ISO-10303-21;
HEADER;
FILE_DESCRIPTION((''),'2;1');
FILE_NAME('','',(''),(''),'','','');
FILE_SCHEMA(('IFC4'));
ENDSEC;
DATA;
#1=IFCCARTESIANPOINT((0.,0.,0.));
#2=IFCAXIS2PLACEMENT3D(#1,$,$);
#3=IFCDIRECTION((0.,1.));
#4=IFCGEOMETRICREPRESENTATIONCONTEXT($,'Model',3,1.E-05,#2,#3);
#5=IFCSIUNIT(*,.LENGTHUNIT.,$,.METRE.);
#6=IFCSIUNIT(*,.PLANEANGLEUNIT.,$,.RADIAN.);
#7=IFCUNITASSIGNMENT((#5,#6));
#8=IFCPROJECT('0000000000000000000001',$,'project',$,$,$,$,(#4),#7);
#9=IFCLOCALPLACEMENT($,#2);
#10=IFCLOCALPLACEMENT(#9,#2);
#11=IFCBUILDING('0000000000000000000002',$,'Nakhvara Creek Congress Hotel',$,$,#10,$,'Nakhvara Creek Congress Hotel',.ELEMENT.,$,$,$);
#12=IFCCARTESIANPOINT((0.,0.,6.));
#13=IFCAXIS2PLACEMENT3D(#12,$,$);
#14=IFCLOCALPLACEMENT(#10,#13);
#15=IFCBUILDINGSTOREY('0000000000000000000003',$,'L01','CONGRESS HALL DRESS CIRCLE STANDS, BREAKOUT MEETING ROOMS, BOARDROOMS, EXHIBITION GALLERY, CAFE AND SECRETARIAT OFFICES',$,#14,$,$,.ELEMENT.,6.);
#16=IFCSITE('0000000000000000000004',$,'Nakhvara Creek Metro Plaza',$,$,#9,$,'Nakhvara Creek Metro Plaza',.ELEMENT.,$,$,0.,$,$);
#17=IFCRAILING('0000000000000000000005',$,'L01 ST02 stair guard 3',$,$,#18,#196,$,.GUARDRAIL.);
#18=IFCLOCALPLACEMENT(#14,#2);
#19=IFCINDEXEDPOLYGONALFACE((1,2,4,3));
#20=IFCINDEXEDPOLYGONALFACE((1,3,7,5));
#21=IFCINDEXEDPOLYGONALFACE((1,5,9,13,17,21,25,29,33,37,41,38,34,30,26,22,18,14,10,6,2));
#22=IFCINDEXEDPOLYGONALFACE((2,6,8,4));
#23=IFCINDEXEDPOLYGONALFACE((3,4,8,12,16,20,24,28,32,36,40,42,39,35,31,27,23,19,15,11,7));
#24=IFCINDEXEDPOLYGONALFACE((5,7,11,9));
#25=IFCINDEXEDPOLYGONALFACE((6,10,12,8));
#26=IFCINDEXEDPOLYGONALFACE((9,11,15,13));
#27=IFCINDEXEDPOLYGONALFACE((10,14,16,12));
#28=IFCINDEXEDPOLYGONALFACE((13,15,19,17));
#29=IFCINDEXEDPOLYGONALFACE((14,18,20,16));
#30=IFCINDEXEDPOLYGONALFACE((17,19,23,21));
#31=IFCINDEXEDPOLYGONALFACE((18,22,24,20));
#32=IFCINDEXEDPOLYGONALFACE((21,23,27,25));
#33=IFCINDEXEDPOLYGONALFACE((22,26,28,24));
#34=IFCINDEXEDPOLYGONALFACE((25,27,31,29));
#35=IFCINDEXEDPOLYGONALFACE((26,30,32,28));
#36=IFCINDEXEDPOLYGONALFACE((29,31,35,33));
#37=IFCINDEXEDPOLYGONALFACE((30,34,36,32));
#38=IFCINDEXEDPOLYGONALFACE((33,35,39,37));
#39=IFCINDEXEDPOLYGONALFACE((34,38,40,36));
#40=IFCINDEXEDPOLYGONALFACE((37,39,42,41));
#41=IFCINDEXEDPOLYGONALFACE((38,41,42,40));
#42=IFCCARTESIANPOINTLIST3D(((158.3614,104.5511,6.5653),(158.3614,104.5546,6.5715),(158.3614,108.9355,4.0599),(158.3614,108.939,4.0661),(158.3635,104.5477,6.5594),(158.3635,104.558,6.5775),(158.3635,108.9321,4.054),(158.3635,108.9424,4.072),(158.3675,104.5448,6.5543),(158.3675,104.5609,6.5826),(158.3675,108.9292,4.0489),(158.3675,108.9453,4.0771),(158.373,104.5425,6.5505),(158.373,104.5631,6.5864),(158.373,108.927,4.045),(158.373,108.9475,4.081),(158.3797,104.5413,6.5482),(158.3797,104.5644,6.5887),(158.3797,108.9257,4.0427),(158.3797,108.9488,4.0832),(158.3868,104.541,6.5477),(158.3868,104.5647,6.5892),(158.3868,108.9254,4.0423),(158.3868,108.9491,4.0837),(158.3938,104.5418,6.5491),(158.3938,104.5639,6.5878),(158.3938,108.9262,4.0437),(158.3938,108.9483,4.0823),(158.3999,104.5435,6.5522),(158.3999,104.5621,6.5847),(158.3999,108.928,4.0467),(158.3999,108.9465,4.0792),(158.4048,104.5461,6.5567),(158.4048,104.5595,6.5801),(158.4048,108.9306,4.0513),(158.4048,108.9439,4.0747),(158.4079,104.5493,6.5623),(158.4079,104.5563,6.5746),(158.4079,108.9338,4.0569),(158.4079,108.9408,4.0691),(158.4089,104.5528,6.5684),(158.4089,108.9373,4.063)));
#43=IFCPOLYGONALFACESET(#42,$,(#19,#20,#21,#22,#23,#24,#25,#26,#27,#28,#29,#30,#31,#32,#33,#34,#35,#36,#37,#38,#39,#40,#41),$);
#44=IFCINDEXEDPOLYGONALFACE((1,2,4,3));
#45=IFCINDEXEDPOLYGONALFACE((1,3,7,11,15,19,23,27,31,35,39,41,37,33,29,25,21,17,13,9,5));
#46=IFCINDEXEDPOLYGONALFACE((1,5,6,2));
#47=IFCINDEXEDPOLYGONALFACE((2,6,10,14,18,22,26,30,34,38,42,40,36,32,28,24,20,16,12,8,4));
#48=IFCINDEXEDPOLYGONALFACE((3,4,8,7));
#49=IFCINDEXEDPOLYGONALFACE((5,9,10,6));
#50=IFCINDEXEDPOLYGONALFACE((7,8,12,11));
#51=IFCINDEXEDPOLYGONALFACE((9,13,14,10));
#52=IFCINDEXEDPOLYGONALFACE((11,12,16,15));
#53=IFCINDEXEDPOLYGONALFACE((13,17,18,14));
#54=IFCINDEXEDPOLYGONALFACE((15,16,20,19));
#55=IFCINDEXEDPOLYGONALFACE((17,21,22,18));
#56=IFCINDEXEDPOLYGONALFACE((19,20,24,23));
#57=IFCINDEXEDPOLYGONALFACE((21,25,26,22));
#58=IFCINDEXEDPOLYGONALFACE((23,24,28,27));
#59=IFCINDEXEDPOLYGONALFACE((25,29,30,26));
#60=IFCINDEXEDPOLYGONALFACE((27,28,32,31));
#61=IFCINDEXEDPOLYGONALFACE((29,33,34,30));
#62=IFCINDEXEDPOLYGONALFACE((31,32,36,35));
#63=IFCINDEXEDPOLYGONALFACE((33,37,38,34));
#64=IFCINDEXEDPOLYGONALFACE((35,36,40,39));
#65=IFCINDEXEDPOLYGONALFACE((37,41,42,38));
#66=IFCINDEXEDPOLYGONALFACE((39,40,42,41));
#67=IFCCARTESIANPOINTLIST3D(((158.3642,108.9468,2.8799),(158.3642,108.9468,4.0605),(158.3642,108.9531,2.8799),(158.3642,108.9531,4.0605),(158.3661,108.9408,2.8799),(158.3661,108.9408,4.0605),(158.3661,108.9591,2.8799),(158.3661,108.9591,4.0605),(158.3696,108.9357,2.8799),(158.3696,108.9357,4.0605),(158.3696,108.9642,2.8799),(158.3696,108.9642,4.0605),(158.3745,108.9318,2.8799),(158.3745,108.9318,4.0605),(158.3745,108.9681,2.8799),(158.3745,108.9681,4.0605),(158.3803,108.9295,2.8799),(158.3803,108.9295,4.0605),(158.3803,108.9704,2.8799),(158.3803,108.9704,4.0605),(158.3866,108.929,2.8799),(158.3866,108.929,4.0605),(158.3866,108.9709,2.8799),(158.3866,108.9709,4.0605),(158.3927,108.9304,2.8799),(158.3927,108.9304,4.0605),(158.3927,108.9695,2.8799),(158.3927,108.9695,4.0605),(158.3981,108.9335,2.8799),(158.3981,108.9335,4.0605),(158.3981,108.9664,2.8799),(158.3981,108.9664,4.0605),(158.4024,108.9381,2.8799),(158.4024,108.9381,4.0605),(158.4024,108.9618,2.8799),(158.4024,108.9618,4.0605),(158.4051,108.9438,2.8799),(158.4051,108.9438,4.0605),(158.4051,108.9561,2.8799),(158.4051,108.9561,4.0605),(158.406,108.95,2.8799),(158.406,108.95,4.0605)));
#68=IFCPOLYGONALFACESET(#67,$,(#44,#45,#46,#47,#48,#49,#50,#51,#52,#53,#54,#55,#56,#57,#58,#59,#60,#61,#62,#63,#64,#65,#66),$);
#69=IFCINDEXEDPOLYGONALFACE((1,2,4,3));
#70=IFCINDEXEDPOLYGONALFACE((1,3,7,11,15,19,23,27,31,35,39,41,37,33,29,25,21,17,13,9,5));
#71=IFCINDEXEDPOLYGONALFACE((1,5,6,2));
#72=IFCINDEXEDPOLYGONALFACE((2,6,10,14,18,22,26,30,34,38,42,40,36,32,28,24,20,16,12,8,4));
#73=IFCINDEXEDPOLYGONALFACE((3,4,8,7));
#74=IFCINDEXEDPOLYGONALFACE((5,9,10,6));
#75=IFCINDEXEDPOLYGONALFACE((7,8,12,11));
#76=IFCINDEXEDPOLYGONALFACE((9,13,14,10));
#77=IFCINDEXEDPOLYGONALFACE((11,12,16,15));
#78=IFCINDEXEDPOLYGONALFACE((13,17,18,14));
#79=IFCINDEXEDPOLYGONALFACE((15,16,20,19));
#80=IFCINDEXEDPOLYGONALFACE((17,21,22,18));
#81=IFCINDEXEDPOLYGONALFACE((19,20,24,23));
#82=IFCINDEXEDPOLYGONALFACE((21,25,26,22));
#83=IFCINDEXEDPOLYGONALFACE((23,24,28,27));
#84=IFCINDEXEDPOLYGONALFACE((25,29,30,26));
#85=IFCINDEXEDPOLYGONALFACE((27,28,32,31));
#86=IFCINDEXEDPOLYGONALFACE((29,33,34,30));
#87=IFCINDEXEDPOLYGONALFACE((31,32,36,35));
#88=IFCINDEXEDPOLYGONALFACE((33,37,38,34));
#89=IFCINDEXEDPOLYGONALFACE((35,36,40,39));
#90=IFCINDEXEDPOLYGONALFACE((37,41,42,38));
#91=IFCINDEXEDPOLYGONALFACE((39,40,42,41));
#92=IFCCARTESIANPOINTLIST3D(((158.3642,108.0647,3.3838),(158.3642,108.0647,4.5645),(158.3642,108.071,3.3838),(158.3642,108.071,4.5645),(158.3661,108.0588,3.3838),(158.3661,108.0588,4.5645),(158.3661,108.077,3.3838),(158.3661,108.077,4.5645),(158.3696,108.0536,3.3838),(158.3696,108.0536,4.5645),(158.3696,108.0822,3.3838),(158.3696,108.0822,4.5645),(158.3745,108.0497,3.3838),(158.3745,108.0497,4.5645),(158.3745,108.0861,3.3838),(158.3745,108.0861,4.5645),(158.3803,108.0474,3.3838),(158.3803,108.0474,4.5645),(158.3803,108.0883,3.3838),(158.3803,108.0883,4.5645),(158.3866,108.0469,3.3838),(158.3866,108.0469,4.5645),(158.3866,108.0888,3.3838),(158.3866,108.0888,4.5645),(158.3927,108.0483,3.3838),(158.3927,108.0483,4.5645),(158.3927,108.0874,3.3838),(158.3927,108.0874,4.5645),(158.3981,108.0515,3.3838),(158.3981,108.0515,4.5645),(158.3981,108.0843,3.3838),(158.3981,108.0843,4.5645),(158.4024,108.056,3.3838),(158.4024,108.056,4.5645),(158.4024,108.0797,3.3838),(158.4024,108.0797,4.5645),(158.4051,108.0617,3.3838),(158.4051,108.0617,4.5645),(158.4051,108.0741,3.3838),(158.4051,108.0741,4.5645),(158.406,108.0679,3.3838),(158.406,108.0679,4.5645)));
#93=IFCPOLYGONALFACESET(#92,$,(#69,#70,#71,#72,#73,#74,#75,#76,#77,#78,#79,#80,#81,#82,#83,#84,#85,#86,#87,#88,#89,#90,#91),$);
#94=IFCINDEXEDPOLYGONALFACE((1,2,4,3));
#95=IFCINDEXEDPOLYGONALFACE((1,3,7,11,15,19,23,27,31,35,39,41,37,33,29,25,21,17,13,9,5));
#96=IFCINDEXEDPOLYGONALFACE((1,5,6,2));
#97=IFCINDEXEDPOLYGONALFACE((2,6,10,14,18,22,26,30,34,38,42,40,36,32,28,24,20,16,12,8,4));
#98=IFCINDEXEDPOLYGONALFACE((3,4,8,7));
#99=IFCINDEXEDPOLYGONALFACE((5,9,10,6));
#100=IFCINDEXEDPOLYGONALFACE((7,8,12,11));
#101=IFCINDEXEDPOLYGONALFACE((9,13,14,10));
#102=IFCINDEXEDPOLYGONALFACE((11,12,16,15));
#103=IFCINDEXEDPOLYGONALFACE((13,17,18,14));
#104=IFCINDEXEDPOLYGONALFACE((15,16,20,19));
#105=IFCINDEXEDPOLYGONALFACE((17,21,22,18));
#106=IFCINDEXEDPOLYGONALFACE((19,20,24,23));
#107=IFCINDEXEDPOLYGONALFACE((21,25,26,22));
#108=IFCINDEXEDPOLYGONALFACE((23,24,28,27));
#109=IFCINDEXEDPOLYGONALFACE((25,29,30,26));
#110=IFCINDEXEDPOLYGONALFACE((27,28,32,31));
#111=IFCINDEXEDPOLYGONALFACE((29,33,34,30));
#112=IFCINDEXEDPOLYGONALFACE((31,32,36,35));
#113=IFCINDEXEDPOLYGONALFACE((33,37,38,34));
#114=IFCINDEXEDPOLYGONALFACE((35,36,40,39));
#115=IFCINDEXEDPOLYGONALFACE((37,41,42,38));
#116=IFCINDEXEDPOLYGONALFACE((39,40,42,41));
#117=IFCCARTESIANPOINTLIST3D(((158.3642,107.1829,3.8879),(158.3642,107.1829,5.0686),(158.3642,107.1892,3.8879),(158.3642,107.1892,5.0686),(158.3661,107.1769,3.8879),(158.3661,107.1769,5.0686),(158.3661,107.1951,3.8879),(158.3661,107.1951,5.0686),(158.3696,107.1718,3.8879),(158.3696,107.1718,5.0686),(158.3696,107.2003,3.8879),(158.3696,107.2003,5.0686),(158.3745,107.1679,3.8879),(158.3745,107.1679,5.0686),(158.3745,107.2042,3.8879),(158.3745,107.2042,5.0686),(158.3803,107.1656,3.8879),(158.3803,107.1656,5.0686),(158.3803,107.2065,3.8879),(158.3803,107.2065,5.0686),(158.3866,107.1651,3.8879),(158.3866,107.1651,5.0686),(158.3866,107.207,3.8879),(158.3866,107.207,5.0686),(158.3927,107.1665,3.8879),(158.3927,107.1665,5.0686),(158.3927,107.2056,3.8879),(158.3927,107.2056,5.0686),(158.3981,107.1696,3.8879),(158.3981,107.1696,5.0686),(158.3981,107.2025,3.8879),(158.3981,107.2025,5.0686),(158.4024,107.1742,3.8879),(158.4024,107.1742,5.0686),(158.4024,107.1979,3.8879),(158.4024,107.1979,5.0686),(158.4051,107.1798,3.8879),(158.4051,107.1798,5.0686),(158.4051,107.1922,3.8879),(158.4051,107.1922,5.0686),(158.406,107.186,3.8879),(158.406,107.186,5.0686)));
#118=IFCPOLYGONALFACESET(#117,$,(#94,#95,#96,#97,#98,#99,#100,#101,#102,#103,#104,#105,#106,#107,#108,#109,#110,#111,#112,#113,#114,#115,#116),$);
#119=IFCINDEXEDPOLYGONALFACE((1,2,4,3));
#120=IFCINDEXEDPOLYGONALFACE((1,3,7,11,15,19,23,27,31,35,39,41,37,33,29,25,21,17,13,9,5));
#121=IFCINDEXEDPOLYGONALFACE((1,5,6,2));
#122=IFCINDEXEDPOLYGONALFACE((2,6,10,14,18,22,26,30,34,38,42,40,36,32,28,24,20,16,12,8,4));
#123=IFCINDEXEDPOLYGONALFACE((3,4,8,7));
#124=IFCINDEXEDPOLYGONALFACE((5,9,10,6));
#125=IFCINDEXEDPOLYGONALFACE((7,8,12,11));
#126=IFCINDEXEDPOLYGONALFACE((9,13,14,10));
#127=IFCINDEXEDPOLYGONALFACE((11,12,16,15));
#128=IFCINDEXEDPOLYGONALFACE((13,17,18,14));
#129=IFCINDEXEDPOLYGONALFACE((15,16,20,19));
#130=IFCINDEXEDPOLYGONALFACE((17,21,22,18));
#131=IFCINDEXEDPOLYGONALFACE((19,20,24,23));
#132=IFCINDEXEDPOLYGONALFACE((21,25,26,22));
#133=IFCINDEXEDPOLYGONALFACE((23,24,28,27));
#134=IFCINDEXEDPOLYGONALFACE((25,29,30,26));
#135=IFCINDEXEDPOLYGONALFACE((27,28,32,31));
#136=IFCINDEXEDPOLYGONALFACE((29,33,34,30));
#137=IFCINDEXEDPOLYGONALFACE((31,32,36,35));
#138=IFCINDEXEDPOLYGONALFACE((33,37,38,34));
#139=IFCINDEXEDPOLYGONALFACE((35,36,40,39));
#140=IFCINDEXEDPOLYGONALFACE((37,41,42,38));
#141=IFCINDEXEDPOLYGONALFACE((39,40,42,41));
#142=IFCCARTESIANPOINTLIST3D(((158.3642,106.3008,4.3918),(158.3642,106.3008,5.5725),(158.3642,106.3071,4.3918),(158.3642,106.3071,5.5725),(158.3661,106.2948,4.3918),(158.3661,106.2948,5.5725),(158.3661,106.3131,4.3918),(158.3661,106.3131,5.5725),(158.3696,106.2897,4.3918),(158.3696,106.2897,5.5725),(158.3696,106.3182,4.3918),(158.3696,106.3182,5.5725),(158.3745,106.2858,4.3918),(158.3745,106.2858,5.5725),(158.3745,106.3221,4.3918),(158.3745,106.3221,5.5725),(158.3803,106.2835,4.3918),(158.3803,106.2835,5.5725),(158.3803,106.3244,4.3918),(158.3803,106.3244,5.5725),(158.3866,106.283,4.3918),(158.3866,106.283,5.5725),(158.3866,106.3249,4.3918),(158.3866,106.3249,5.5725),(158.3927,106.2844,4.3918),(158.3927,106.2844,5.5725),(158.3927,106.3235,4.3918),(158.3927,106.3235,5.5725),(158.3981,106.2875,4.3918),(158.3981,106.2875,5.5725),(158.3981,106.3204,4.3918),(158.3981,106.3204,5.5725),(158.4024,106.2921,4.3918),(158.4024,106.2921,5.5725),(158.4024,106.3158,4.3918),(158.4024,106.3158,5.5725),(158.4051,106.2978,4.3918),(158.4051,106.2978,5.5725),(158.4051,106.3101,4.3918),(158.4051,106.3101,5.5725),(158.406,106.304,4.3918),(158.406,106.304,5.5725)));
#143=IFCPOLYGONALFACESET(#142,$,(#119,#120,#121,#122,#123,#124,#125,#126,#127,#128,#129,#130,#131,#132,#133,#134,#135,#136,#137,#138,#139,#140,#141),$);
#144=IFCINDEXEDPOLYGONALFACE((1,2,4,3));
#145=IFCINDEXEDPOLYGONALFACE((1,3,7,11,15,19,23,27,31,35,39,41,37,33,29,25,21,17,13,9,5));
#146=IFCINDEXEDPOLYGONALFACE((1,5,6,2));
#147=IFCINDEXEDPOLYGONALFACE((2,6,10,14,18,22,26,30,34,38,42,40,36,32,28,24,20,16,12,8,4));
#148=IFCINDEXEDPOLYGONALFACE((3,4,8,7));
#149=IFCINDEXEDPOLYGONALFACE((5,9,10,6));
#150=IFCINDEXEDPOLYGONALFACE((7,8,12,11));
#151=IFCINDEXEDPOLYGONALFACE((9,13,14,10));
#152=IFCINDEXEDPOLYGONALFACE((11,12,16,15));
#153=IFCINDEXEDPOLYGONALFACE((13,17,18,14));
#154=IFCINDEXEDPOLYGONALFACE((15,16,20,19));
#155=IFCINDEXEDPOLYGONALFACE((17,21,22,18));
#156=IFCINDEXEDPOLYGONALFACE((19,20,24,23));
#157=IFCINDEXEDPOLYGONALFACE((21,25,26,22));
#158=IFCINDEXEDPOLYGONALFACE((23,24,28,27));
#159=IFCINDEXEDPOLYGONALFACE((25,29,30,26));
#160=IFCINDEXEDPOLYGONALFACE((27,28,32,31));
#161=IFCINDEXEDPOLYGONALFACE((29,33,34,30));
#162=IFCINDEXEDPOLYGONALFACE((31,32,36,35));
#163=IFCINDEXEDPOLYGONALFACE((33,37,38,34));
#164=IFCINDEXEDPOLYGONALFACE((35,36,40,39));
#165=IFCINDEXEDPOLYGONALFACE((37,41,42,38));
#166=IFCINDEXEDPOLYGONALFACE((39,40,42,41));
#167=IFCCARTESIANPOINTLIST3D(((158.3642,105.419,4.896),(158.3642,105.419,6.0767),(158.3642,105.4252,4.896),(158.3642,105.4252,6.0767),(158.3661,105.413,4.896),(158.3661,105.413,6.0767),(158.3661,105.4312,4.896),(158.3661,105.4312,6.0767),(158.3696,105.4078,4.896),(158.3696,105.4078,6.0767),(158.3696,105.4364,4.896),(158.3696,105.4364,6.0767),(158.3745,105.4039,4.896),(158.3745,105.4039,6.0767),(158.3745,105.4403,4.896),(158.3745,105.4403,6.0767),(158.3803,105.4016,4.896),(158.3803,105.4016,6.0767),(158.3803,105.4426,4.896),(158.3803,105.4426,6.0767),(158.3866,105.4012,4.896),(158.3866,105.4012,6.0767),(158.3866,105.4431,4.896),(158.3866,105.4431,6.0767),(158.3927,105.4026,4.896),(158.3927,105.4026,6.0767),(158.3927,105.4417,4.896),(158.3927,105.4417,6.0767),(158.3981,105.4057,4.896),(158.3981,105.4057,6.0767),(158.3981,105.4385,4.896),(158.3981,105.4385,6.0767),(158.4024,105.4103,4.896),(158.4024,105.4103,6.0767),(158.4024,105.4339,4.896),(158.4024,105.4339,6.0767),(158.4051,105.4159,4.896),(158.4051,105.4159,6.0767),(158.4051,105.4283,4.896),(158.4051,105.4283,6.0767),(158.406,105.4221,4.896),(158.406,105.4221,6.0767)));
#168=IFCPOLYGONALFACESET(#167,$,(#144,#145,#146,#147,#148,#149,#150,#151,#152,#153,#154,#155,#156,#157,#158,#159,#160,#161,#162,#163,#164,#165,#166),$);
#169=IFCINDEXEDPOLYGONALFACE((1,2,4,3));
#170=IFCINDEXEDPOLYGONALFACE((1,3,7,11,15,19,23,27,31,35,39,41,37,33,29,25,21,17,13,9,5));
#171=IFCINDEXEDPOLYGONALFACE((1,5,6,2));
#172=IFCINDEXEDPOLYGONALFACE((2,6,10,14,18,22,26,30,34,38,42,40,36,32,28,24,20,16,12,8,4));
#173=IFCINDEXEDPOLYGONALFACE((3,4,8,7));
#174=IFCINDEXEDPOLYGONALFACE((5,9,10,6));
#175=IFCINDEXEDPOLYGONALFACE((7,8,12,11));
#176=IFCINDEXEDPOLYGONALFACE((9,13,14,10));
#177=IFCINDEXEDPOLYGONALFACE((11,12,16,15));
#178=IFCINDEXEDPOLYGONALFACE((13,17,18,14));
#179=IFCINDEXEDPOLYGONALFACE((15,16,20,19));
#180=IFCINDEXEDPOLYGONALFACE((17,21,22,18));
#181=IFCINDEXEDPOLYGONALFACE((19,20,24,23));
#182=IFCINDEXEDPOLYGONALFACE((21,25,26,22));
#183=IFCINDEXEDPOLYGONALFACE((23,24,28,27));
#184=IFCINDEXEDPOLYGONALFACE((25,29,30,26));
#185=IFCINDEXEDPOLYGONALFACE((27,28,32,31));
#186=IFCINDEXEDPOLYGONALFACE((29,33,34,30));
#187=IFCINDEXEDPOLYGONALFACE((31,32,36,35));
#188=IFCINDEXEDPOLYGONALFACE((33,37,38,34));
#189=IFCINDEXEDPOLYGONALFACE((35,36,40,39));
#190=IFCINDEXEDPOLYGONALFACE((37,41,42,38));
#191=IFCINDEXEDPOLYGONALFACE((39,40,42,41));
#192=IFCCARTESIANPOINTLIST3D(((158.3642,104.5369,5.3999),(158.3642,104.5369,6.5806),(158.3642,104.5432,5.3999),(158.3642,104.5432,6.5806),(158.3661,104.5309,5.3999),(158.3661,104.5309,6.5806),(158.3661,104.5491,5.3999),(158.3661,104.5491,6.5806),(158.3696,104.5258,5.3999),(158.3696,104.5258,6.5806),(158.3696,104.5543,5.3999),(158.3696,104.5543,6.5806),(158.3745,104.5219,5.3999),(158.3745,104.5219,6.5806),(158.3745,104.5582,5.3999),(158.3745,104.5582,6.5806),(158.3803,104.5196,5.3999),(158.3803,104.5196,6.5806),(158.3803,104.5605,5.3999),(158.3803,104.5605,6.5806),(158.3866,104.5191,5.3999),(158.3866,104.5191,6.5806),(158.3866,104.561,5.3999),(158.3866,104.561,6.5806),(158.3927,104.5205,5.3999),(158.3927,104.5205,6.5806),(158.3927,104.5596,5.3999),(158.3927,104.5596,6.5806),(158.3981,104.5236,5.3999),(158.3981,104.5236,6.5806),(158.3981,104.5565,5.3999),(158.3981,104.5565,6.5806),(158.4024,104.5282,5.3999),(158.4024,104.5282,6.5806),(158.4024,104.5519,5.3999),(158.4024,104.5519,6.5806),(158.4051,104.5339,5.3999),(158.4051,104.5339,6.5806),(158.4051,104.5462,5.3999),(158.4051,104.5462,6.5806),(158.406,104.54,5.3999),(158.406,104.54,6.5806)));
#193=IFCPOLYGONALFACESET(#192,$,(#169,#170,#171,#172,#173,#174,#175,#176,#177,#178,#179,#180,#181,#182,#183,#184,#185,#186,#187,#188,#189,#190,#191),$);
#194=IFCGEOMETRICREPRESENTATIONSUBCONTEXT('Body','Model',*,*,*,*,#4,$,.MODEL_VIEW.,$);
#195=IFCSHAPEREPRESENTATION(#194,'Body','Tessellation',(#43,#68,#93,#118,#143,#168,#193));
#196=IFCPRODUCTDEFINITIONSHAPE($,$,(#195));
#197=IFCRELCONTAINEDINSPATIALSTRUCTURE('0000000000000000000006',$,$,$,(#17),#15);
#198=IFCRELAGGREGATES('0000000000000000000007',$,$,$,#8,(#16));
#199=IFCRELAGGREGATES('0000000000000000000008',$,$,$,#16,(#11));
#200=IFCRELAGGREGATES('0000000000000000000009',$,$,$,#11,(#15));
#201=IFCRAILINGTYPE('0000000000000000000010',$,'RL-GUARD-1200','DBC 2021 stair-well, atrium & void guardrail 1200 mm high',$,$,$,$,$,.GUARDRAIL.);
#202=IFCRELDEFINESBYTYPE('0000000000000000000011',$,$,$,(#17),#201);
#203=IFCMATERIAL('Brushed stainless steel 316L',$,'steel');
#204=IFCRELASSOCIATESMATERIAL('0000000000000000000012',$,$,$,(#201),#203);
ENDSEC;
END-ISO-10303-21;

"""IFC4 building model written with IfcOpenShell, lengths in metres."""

from ifc_helpers import new_model, si_unit, direction, frame, origin, origin_2d, place, context, subcontext, project, spatial, circle, extrude, material, type_object, element, save


model = new_model("IFC4")

# Units and contexts
model_context = context("Model", 3, precision=1e-05, world=origin(), true_north=direction((0.0, 1.0)))
body_context = subcontext(model_context, "Body", "Model", "MODEL_VIEW")
ifc_project = project(units=[si_unit("LENGTHUNIT", "METRE"), si_unit("PLANEANGLEUNIT", "RADIAN")], contexts=[model_context])

# Site, building, storey
site_placement = place(None, origin())
site = spatial("IfcSite", under=ifc_project, at=site_placement, Name="Nakhvara Creek Metro Plaza", LongName="Nakhvara Creek Metro Plaza", CompositionType="ELEMENT", RefElevation=0.0)
building_placement = place(site_placement, origin())
building = spatial("IfcBuilding", under=site, at=building_placement, Name="Nakhvara Creek Congress Hotel", LongName="Nakhvara Creek Congress Hotel", CompositionType="ELEMENT")
storey_placement = place(building_placement, frame((0.0, 0.0, 6.0)))
storey = spatial("IfcBuildingStorey", under=building, at=storey_placement, Name="L01", Description="CONGRESS HALL DRESS CIRCLE STANDS, BREAKOUT MEETING ROOMS, BOARDROOMS, EXHIBITION GALLERY, CAFE AND SECRETARIAT OFFICES", CompositionType="ELEMENT", Elevation=6.0)

# Railing
ifc_material_1 = material(Name="Brushed stainless steel 316L", Category="steel")
railing_type_1 = type_object("IfcRailingType", Name="RL-GUARD-1200", Description="DBC 2021 stair-well, atrium & void guardrail 1200 mm high", PredefinedType="GUARDRAIL", material=ifc_material_1)
railing_1_placement = place(storey_placement, frame((158.385, 108.95, 2.8799)))
element("IfcRailing", 1, at=railing_1_placement, inside=storey, type_object=railing_type_1, Name="L01 ST02 stair guard 3", PredefinedType="GUARDRAIL", context=body_context, shape_type="SweptSolid", body=[
    extrude(circle(Radius=0.0239, at=origin_2d()), frame((0.0, -0.0127, 1.1831), z_axis=(0.0, -0.868237, 0.496149), x_axis=(1.0, 0.0, 0.0)), (0.0, 0.0, 1.0), 5.0498),
    extrude(circle(Radius=0.021, at=origin_2d()), origin(), (0.0, 0.0, 1.0), 1.1807),
    extrude(circle(Radius=0.021, at=origin_2d()), frame((0.0, -0.8821, 0.5039)), (0.0, 0.0, 1.0), 1.1807),
    extrude(circle(Radius=0.021, at=origin_2d()), frame((0.0, -1.7639, 1.0081)), (0.0, 0.0, 1.0), 1.1807),
    extrude(circle(Radius=0.021, at=origin_2d()), frame((0.0, -2.646, 1.512)), (0.0, 0.0, 1.0), 1.1807),
    extrude(circle(Radius=0.021, at=origin_2d()), frame((0.0, -3.5278, 2.0161)), (0.0, 0.0, 1.0), 1.1807),
    extrude(circle(Radius=0.021, at=origin_2d()), frame((0.0, -4.4099, 2.52)), (0.0, 0.0, 1.0), 1.1807),
])

save(model, "model.ifc")
